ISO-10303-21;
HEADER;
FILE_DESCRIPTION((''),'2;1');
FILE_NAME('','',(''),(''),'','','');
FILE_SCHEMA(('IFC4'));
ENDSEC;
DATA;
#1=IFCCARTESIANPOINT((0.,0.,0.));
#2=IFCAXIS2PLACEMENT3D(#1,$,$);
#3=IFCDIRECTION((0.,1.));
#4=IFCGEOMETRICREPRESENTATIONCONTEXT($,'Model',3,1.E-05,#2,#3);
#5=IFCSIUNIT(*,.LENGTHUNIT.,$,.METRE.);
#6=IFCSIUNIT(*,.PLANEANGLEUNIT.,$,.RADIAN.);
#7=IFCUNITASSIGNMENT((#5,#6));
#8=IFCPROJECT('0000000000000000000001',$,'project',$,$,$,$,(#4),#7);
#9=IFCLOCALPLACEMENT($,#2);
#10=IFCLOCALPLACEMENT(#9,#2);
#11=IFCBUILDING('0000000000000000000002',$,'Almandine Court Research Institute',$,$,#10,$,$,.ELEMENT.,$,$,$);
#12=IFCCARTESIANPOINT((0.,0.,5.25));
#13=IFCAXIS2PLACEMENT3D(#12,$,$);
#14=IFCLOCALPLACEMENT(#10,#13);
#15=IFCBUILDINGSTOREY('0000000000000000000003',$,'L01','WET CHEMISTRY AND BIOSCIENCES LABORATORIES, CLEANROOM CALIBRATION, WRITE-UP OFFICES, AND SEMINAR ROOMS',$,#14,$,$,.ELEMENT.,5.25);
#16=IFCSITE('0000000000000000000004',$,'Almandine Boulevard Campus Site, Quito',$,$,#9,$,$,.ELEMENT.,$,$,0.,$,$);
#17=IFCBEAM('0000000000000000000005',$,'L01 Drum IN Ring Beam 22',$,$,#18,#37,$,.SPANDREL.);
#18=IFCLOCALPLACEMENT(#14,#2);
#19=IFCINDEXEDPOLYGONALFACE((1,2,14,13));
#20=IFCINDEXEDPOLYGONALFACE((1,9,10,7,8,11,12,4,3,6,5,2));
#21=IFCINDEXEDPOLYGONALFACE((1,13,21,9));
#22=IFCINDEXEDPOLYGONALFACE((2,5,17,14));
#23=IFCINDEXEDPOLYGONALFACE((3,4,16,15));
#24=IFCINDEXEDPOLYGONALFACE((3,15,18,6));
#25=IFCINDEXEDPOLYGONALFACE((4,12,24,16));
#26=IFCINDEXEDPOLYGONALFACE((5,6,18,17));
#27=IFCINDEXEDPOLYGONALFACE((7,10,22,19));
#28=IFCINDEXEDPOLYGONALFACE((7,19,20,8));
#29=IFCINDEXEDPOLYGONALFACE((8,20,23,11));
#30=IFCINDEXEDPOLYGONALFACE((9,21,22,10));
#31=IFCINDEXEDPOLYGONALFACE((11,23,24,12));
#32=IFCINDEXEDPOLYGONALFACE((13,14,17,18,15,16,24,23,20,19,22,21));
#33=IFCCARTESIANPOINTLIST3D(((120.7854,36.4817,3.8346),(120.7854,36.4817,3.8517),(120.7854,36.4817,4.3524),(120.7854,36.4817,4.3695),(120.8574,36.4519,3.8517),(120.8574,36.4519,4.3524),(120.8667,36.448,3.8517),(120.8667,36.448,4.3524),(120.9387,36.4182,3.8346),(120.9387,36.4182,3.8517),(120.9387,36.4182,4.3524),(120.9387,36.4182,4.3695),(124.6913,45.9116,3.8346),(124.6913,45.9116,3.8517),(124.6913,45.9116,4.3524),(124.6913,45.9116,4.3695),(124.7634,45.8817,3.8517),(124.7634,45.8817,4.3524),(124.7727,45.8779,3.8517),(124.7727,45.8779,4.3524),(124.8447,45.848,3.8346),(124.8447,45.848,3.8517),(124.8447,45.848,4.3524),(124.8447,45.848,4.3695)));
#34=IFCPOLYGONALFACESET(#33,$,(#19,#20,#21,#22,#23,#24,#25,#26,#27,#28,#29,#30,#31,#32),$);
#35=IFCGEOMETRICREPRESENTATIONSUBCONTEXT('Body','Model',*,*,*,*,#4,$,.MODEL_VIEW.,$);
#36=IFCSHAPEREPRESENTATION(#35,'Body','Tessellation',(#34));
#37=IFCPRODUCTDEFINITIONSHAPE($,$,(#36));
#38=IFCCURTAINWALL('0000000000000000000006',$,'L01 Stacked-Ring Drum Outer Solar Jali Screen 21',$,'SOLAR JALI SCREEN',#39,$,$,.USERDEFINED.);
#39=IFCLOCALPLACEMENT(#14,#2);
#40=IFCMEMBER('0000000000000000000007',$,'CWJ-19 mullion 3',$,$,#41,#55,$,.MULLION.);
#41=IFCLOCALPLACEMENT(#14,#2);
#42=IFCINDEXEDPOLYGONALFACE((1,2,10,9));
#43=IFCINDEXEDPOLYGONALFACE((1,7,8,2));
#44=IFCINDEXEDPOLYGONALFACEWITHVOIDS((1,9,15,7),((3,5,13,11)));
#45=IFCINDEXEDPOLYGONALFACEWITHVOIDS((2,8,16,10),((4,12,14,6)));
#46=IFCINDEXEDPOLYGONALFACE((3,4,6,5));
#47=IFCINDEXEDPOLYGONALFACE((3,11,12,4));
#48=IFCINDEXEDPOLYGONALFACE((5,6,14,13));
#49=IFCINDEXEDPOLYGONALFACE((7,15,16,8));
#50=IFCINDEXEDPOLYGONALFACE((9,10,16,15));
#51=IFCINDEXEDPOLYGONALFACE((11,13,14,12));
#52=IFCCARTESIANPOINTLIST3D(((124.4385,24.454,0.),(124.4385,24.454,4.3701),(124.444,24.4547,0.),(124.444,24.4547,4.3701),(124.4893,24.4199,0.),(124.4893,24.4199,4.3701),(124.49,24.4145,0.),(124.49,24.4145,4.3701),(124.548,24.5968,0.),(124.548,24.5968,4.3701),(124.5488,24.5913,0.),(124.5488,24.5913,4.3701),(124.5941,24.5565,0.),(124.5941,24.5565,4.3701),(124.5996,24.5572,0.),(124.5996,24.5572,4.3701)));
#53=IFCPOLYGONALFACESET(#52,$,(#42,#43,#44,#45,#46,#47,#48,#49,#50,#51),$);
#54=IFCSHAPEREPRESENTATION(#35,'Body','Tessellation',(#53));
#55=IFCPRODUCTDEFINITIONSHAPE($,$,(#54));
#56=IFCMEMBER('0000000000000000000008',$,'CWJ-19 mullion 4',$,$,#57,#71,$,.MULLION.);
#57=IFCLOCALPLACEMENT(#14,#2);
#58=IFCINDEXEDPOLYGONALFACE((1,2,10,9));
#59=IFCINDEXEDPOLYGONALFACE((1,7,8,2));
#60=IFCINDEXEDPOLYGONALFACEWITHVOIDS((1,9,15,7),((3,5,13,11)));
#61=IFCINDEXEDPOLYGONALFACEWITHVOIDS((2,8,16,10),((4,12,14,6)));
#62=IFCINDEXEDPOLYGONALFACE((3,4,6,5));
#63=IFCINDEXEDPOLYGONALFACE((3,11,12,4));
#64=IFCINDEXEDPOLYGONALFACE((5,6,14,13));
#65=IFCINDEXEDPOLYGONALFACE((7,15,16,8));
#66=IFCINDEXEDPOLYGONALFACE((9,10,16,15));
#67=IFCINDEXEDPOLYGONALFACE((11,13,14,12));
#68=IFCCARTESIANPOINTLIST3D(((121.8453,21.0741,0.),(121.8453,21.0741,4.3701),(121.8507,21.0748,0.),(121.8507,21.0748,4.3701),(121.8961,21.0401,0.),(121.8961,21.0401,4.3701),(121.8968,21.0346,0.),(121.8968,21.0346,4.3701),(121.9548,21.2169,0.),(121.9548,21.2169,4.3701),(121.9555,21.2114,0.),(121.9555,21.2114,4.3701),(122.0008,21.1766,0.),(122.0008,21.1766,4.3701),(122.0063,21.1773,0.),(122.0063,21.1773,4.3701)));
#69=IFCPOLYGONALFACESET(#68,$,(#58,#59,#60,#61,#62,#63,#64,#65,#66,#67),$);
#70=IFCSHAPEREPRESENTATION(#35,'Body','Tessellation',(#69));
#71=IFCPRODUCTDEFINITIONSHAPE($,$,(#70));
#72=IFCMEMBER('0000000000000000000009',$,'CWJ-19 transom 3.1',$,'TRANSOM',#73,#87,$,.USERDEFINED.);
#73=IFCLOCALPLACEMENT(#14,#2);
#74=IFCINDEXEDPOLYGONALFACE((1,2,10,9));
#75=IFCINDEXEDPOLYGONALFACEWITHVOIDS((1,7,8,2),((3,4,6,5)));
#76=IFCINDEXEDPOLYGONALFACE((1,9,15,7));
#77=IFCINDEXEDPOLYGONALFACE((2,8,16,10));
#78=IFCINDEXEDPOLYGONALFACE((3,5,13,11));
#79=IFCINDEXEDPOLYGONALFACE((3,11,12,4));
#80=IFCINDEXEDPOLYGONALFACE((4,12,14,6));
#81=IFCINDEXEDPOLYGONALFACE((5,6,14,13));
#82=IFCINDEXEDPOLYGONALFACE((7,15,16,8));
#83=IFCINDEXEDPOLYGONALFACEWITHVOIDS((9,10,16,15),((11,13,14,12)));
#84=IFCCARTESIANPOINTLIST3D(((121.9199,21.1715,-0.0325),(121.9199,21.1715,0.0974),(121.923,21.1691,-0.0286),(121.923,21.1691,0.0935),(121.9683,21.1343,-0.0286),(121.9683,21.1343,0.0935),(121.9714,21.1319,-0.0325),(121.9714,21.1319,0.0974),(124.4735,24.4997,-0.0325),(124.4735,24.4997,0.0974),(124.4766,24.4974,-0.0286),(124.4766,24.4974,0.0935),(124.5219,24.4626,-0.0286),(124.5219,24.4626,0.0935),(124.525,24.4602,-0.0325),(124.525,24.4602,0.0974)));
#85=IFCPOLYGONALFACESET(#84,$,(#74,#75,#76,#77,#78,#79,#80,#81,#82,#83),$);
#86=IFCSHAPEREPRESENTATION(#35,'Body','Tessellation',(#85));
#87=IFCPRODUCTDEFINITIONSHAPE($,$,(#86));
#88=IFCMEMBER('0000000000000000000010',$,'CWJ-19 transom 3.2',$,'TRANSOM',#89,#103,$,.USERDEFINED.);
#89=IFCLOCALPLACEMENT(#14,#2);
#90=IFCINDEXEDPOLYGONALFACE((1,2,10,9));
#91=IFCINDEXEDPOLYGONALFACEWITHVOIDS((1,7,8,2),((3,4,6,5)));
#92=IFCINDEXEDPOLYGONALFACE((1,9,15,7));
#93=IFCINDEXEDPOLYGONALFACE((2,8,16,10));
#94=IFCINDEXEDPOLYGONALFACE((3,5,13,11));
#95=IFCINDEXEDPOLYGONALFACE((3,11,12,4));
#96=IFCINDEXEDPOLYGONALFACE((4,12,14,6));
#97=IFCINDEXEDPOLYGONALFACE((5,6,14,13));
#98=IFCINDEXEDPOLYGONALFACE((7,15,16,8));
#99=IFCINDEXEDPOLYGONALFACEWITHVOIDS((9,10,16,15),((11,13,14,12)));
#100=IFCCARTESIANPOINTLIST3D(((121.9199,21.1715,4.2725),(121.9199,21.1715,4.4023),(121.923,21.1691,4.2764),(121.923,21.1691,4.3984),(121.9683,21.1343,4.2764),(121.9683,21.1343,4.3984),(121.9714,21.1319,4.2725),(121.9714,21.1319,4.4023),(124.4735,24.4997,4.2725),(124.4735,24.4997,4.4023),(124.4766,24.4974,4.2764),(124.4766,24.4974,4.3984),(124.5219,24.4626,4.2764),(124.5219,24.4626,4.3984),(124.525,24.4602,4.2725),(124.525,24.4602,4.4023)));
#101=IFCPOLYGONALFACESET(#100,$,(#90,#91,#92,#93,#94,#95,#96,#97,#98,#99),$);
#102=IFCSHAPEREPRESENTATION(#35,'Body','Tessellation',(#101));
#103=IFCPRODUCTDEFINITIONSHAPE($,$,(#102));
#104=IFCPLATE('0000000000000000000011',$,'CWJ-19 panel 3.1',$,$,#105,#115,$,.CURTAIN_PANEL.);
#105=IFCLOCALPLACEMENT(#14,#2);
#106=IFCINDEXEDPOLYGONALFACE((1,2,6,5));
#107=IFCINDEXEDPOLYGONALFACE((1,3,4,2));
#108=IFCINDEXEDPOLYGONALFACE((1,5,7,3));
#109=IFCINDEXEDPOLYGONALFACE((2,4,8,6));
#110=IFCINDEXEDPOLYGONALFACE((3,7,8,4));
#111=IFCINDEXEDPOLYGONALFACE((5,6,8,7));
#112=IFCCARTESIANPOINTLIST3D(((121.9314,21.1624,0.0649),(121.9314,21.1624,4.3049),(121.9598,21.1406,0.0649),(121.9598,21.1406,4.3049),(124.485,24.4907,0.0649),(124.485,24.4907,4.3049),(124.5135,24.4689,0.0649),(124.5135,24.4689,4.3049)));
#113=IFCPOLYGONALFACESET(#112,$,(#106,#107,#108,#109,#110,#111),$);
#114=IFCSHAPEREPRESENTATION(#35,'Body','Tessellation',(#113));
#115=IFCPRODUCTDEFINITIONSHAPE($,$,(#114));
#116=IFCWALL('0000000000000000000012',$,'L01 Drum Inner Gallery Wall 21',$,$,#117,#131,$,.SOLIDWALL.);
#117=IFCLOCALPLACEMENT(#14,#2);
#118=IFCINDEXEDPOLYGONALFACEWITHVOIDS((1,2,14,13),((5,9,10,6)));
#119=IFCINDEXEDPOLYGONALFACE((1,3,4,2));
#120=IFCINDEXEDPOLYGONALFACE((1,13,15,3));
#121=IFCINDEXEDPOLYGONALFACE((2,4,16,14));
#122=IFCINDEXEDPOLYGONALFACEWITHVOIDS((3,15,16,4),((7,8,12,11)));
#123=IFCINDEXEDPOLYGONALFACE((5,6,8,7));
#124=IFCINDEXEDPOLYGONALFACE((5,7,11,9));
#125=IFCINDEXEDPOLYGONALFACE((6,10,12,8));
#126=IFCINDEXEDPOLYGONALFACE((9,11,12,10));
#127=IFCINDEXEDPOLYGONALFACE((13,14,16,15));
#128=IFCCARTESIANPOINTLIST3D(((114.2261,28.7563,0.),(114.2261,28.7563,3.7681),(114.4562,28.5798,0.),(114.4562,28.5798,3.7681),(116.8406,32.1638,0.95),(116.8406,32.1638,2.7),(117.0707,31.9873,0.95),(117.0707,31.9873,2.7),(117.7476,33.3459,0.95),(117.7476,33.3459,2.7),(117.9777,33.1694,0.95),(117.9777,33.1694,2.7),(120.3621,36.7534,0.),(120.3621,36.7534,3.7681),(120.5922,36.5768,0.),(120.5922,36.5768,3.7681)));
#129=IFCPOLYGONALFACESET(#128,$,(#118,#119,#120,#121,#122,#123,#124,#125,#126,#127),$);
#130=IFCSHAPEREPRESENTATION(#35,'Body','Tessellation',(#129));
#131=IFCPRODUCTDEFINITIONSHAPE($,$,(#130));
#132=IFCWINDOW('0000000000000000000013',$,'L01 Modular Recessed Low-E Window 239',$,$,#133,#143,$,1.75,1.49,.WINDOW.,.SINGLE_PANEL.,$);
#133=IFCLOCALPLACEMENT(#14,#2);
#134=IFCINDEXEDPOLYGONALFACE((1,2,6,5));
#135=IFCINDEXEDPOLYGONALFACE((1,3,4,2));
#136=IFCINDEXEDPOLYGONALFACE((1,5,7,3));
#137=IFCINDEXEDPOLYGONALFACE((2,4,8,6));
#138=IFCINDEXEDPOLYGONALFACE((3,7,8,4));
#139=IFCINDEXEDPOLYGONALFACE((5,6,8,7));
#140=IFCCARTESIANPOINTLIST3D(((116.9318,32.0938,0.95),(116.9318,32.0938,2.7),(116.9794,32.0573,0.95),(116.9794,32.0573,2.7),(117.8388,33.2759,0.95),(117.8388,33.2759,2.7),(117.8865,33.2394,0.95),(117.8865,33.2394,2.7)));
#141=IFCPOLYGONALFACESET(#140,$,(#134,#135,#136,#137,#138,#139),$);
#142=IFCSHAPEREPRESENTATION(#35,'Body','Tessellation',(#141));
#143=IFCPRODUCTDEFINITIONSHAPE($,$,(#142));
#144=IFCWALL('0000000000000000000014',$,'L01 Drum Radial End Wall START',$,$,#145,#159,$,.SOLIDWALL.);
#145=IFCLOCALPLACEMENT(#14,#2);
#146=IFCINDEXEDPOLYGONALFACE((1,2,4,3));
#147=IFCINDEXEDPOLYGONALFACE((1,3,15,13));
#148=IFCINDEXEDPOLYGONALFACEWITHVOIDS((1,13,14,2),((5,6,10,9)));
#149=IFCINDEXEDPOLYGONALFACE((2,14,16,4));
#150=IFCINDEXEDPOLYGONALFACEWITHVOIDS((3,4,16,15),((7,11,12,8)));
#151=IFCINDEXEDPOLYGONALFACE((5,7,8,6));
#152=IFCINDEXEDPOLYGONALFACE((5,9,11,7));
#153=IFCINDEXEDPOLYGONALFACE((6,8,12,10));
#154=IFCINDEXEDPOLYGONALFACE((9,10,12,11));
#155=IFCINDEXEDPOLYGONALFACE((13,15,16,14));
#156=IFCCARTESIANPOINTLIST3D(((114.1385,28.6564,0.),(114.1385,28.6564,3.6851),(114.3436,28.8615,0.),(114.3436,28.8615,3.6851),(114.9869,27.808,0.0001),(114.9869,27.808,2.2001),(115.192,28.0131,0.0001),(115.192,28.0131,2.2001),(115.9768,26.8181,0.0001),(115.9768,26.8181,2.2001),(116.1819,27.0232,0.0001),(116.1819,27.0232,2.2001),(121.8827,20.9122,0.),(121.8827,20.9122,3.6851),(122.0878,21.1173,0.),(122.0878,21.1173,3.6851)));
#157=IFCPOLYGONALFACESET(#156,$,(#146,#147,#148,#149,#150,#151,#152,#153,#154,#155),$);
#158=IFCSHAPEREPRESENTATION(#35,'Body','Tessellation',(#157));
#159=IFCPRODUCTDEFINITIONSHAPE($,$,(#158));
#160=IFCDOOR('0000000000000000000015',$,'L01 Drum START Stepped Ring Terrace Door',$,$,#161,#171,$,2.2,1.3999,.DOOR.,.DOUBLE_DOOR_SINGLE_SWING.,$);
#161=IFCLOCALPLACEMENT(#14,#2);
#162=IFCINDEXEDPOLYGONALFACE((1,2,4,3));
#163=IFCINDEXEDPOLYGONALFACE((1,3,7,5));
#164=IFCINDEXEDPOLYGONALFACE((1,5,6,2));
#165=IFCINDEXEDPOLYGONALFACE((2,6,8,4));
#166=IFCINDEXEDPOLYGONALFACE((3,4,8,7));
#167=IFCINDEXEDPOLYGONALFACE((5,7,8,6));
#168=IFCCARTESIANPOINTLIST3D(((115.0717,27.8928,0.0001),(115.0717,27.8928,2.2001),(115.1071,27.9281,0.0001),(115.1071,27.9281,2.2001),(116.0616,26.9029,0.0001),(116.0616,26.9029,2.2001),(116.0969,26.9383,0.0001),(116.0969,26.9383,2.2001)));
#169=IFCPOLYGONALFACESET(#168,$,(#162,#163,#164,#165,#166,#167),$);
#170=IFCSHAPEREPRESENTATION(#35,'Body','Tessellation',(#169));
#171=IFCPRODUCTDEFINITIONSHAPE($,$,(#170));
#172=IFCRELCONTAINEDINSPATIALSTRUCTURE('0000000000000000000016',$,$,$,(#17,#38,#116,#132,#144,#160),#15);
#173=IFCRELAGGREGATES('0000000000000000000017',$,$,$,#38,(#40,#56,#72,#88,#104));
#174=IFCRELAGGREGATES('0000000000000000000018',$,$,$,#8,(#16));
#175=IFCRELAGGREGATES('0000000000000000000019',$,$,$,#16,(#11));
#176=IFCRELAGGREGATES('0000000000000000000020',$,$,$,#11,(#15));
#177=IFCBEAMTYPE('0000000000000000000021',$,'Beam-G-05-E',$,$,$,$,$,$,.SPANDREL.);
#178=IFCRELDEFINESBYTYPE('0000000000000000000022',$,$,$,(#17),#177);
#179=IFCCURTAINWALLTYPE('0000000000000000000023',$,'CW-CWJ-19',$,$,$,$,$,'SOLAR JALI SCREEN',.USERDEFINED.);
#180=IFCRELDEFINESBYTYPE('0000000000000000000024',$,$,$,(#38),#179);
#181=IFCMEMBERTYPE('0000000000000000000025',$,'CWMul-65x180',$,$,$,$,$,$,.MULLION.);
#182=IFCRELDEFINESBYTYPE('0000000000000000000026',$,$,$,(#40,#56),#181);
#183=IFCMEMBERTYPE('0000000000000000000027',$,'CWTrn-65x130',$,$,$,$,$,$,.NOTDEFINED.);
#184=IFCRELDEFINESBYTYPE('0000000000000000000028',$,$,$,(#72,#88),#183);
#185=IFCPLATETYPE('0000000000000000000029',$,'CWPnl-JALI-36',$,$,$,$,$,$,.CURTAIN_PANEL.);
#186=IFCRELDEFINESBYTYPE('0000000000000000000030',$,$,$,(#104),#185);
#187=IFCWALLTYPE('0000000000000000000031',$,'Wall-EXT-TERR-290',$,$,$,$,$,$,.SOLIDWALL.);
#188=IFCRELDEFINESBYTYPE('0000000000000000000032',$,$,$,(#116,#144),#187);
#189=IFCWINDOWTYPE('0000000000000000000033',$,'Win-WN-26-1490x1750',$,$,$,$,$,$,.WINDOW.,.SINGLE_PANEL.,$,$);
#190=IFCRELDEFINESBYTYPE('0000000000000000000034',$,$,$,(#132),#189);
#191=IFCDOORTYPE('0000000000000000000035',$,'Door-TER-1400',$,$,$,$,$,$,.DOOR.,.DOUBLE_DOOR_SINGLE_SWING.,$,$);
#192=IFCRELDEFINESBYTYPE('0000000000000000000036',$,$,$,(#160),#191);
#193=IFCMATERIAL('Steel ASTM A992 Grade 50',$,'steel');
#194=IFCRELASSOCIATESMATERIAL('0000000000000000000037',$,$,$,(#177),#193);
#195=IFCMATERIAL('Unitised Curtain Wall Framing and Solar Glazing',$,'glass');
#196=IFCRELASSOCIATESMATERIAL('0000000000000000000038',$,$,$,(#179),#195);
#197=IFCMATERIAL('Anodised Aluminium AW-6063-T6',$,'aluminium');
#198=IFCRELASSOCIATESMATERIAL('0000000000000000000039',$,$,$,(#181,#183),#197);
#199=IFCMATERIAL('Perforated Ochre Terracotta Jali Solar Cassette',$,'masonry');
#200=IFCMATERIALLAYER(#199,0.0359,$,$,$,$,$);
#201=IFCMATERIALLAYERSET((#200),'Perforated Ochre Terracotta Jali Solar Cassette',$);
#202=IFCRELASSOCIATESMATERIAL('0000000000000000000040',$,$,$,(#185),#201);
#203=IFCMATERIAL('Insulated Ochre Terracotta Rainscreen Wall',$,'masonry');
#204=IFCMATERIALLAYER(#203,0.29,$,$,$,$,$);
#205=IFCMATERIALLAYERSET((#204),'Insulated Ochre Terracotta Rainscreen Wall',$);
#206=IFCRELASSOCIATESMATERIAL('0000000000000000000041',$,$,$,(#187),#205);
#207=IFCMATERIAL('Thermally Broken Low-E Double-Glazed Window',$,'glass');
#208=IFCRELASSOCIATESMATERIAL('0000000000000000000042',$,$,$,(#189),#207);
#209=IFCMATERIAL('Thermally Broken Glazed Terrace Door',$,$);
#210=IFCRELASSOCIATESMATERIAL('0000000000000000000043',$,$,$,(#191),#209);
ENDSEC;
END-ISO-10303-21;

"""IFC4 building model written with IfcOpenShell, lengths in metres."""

from ifc_helpers import new_model, si_unit, direction, frame, frame_2d, origin, origin_2d, place, context, subcontext, project, spatial, rectangle, hollow_rectangle, i_section, extrude, material, layer, layer_set, material_profile, profile_set, type_object, element, fill, aggregate, save


model = new_model("IFC4")

# Units and contexts
model_context = context("Model", 3, precision=1e-05, world=origin(), true_north=direction((0.0, 1.0)))
body_context = subcontext(model_context, "Body", "Model", "MODEL_VIEW")
ifc_project = project(units=[si_unit("LENGTHUNIT", "METRE"), si_unit("PLANEANGLEUNIT", "RADIAN")], contexts=[model_context])

# Site, building, storey
site_placement = place(None, origin())
site = spatial("IfcSite", under=ifc_project, at=site_placement, Name="Almandine Boulevard Campus Site, Quito", CompositionType="ELEMENT", RefElevation=0.0)
building_placement = place(site_placement, origin())
building = spatial("IfcBuilding", under=site, at=building_placement, Name="Almandine Court Research Institute", CompositionType="ELEMENT")
storey_placement = place(building_placement, frame((0.0, 0.0, 5.25)))
storey = spatial("IfcBuildingStorey", under=building, at=storey_placement, Name="L01", Description="WET CHEMISTRY AND BIOSCIENCES LABORATORIES, CLEANROOM CALIBRATION, WRITE-UP OFFICES, AND SEMINAR ROOMS", CompositionType="ELEMENT", Elevation=5.25)

# Shared definitions
ifc_material_1 = material(Name="Steel ASTM A992 Grade 50", Category="steel")

# Beam
ifc_material_profile_1 = material_profile(ifc_material_1, i_section(OverallWidth=0.166, OverallDepth=0.5349, WebThickness=0.01, FlangeThickness=0.0171, at=origin_2d()), Name="W530x85")
ifc_profile_set_1 = profile_set([ifc_material_profile_1], Name="Steel ASTM A992 Grade 50")
beam_type_1 = type_object("IfcBeamType", Name="Beam-G-05-E", PredefinedType="SPANDREL", material=ifc_profile_set_1)
beam_1_placement = place(storey_placement, frame((120.8621, 36.45, 4.1021), z_axis=(0.382683, 0.92388, 0.0), x_axis=(-0.92388, 0.382683, 0.0)))
element("IfcBeam", 1, at=beam_1_placement, inside=storey, type_object=beam_type_1, Name="L01 Drum IN Ring Beam 22", PredefinedType="SPANDREL", context=body_context, shape_type="SweptSolid", body=[
    extrude(i_section(OverallWidth=0.166, OverallDepth=0.5349, WebThickness=0.01, FlangeThickness=0.0171, at=origin_2d()), origin(), (0.0, 0.0, 1.0), 10.2068),
])

# Curtain wall, members, plate
ifc_material_2 = material(Name="Unitised Curtain Wall Framing and Solar Glazing", Category="glass")
curtain_wall_type = type_object("IfcCurtainWallType", Name="CW-CWJ-19", ElementType="SOLAR JALI SCREEN", PredefinedType="USERDEFINED", material=ifc_material_2)
curtain_wall_placement = place(storey_placement, origin())
curtain_wall = element("IfcCurtainWall", 2, at=curtain_wall_placement, inside=storey, type_object=curtain_wall_type, Name="L01 Stacked-Ring Drum Outer Solar Jali Screen 21", ObjectType="SOLAR JALI SCREEN", PredefinedType="USERDEFINED")
ifc_material_3 = material(Name="Anodised Aluminium AW-6063-T6", Category="aluminium")
ifc_material_profile_2 = material_profile(ifc_material_3, hollow_rectangle(XDim=0.0649, YDim=0.1799, WallThickness=0.0039, at=origin_2d()), Name="ALU RHS 65x180x4")
ifc_profile_set_2 = profile_set([ifc_material_profile_2], Name="Anodised Aluminium AW-6063-T6")
member_type_1 = type_object("IfcMemberType", Name="CWMul-65x180", PredefinedType="MULLION", material=ifc_profile_set_2)
member_1_placement = place(storey_placement, frame((124.519, 24.5056, 0.0), z_axis=(0.0, 0.0, 1.0), x_axis=(0.793383, -0.608723, 0.0)))
member_1 = element("IfcMember", 3, at=member_1_placement, type_object=member_type_1, Name="CWJ-19 mullion 3", PredefinedType="MULLION", context=body_context, shape_type="SweptSolid", body=[
    extrude(hollow_rectangle(XDim=0.0649, YDim=0.1799, WallThickness=0.0039, at=origin_2d()), origin(), (0.0, 0.0, 1.0), 4.3701),
])
member_2_placement = place(storey_placement, frame((121.9258, 21.1257, 0.0), z_axis=(0.0, 0.0, 1.0), x_axis=(0.793383, -0.608723, 0.0)))
member_2 = element("IfcMember", 4, at=member_2_placement, type_object=member_type_1, Name="CWJ-19 mullion 4", PredefinedType="MULLION", context=body_context, shape_type="SweptSolid", body=[
    extrude(hollow_rectangle(XDim=0.0649, YDim=0.1799, WallThickness=0.0039, at=origin_2d()), origin(), (0.0, 0.0, 1.0), 4.3701),
])
ifc_material_profile_3 = material_profile(ifc_material_3, hollow_rectangle(XDim=0.0649, YDim=0.1299, WallThickness=0.0039, at=origin_2d()), Name="ALU RHS 65x130x4")
ifc_profile_set_3 = profile_set([ifc_material_profile_3], Name="Anodised Aluminium AW-6063-T6")
member_type_2 = type_object("IfcMemberType", Name="CWTrn-65x130", PredefinedType="NOTDEFINED", material=ifc_profile_set_3)
member_3_placement = place(storey_placement, frame((124.4993, 24.48, 0.0325), z_axis=(-0.608726, -0.793381, 0.0), x_axis=(0.793381, -0.608726, 0.0)))
member_3 = element("IfcMember", 5, at=member_3_placement, type_object=member_type_2, Name="CWJ-19 transom 3.1", ObjectType="TRANSOM", PredefinedType="USERDEFINED", context=body_context, shape_type="SweptSolid", body=[
    extrude(hollow_rectangle(XDim=0.0649, YDim=0.1299, WallThickness=0.0039, at=origin_2d()), origin(), (0.0, 0.0, 1.0), 4.1951),
])
member_4_placement = place(storey_placement, frame((124.4993, 24.48, 4.3374), z_axis=(-0.608726, -0.793381, 0.0), x_axis=(0.793381, -0.608726, 0.0)))
member_4 = element("IfcMember", 6, at=member_4_placement, type_object=member_type_2, Name="CWJ-19 transom 3.2", ObjectType="TRANSOM", PredefinedType="USERDEFINED", context=body_context, shape_type="SweptSolid", body=[
    extrude(hollow_rectangle(XDim=0.0649, YDim=0.1299, WallThickness=0.0039, at=origin_2d()), origin(), (0.0, 0.0, 1.0), 4.1951),
])
ifc_material_4 = material(Name="Perforated Ochre Terracotta Jali Solar Cassette", Category="masonry")
ifc_layer_1 = layer(ifc_material_4, 0.0359)
ifc_layer_set_1 = layer_set([ifc_layer_1], Name="Perforated Ochre Terracotta Jali Solar Cassette")
plate_type = type_object("IfcPlateType", Name="CWPnl-JALI-36", PredefinedType="CURTAIN_PANEL", material=ifc_layer_set_1)
plate_placement = place(storey_placement, frame((123.2224, 22.8157, 0.0649), z_axis=(0.0, 0.0, 1.0), x_axis=(-0.608723, -0.793383, 0.0)))
plate = element("IfcPlate", 7, at=plate_placement, type_object=plate_type, Name="CWJ-19 panel 3.1", PredefinedType="CURTAIN_PANEL", context=body_context, shape_type="SweptSolid", body=[
    extrude(rectangle(XDim=4.1951, YDim=0.0359, at=origin_2d()), origin(), (0.0, 0.0, 1.0), 4.24),
])
aggregate(curtain_wall, [member_1, member_2, member_3, member_4, plate])

# Wall, opening, window
ifc_material_5 = material(Name="Insulated Ochre Terracotta Rainscreen Wall", Category="masonry")
ifc_layer_2 = layer(ifc_material_5, 0.29)
ifc_layer_set_2 = layer_set([ifc_layer_2], Name="Insulated Ochre Terracotta Rainscreen Wall")
wall_type_1 = type_object("IfcWallType", Name="Wall-EXT-TERR-290", PredefinedType="SOLIDWALL", material=ifc_layer_set_2)
wall_1_placement = place(storey_placement, frame((114.3411, 28.668, 0.0), z_axis=(0.0, 0.0, 1.0), x_axis=(0.608738, 0.793372, 0.0)))
wall_1 = element("IfcWall", 8, at=wall_1_placement, inside=storey, type_object=wall_type_1, Name="L01 Drum Inner Gallery Wall 21", PredefinedType="SOLIDWALL", context=body_context, shape_type="SweptSolid", body=[
    extrude(rectangle(XDim=10.0798, YDim=0.29, at=frame_2d((5.04, 0.0))), origin(), (0.0, 0.0, 1.0), 3.7681),
])
opening_1_placement = place(wall_1_placement, frame((4.2949, 0.0, 0.95)))
opening_1 = element("IfcOpeningElement", 9, at=opening_1_placement, cuts=wall_1, PredefinedType="OPENING", context=body_context, shape_type="SweptSolid", body=[
    extrude(rectangle(XDim=1.49, YDim=1.75, at=frame_2d((0.7451, 0.875))), frame((0.0, 0.155, 0.0), z_axis=(0.0, -1.0, 0.0), x_axis=(1.0, 0.0, 0.0)), (0.0, 0.0, 1.0), 0.3101),
])
ifc_material_6 = material(Name="Thermally Broken Low-E Double-Glazed Window", Category="glass")
window_type = type_object("IfcWindowType", Name="Win-WN-26-1490x1750", PartitioningType="SINGLE_PANEL", PredefinedType="WINDOW", material=ifc_material_6)
window_placement = place(opening_1_placement, origin())
window = element("IfcWindow", 10, at=window_placement, inside=storey, type_object=window_type, Name="L01 Modular Recessed Low-E Window 239", OverallHeight=1.75, OverallWidth=1.49, PartitioningType="SINGLE_PANEL", PredefinedType="WINDOW", context=body_context, shape_type="SweptSolid", body=[
    extrude(rectangle(XDim=1.49, YDim=1.75, at=frame_2d((0.7451, 0.875))), frame((0.0, 0.03, 0.0), z_axis=(0.0, -1.0, 0.0), x_axis=(1.0, 0.0, 0.0)), (0.0, 0.0, 1.0), 0.0601),
])
fill(opening_1, window)

# Wall, opening, door
wall_2_placement = place(storey_placement, frame((114.241, 28.759, 0.0), z_axis=(0.0, 0.0, 1.0), x_axis=(0.707107, -0.707107, 0.0)))
wall_2 = element("IfcWall", 11, at=wall_2_placement, inside=storey, type_object=wall_type_1, Name="L01 Drum Radial End Wall START", PredefinedType="SOLIDWALL", context=body_context, shape_type="SweptSolid", body=[
    extrude(rectangle(XDim=10.9519, YDim=0.29, at=frame_2d((5.4761, 0.0))), origin(), (0.0, 0.0, 1.0), 3.6851),
])
opening_2_placement = place(wall_2_placement, frame((1.2, 0.0, 0.0)))
opening_2 = element("IfcOpeningElement", 12, at=opening_2_placement, cuts=wall_2, PredefinedType="OPENING", context=body_context, shape_type="SweptSolid", body=[
    extrude(rectangle(XDim=1.3999, YDim=2.2, at=frame_2d((0.7, 1.1001))), frame((0.0, 0.155, 0.0), z_axis=(0.0, -1.0, 0.0), x_axis=(1.0, 0.0, 0.0)), (0.0, 0.0, 1.0), 0.3101),
])
ifc_material_7 = material(Name="Thermally Broken Glazed Terrace Door")
door_type_1 = type_object("IfcDoorType", Name="Door-TER-1400", OperationType="DOUBLE_DOOR_SINGLE_SWING", PredefinedType="DOOR", material=ifc_material_7)
door_1_placement = place(opening_2_placement, origin())
door_1 = element("IfcDoor", 13, at=door_1_placement, inside=storey, type_object=door_type_1, Name="L01 Drum START Stepped Ring Terrace Door", OperationType="DOUBLE_DOOR_SINGLE_SWING", OverallHeight=2.2, OverallWidth=1.3999, PredefinedType="DOOR", context=body_context, shape_type="SweptSolid", body=[
    extrude(rectangle(XDim=1.3999, YDim=2.2, at=frame_2d((0.7, 1.1001))), frame((0.0, 0.0249, 0.0), z_axis=(0.0, -1.0, 0.0), x_axis=(1.0, 0.0, 0.0)), (0.0, 0.0, 1.0), 0.05),
])
fill(opening_2, door_1)

save(model, "model.ifc")
